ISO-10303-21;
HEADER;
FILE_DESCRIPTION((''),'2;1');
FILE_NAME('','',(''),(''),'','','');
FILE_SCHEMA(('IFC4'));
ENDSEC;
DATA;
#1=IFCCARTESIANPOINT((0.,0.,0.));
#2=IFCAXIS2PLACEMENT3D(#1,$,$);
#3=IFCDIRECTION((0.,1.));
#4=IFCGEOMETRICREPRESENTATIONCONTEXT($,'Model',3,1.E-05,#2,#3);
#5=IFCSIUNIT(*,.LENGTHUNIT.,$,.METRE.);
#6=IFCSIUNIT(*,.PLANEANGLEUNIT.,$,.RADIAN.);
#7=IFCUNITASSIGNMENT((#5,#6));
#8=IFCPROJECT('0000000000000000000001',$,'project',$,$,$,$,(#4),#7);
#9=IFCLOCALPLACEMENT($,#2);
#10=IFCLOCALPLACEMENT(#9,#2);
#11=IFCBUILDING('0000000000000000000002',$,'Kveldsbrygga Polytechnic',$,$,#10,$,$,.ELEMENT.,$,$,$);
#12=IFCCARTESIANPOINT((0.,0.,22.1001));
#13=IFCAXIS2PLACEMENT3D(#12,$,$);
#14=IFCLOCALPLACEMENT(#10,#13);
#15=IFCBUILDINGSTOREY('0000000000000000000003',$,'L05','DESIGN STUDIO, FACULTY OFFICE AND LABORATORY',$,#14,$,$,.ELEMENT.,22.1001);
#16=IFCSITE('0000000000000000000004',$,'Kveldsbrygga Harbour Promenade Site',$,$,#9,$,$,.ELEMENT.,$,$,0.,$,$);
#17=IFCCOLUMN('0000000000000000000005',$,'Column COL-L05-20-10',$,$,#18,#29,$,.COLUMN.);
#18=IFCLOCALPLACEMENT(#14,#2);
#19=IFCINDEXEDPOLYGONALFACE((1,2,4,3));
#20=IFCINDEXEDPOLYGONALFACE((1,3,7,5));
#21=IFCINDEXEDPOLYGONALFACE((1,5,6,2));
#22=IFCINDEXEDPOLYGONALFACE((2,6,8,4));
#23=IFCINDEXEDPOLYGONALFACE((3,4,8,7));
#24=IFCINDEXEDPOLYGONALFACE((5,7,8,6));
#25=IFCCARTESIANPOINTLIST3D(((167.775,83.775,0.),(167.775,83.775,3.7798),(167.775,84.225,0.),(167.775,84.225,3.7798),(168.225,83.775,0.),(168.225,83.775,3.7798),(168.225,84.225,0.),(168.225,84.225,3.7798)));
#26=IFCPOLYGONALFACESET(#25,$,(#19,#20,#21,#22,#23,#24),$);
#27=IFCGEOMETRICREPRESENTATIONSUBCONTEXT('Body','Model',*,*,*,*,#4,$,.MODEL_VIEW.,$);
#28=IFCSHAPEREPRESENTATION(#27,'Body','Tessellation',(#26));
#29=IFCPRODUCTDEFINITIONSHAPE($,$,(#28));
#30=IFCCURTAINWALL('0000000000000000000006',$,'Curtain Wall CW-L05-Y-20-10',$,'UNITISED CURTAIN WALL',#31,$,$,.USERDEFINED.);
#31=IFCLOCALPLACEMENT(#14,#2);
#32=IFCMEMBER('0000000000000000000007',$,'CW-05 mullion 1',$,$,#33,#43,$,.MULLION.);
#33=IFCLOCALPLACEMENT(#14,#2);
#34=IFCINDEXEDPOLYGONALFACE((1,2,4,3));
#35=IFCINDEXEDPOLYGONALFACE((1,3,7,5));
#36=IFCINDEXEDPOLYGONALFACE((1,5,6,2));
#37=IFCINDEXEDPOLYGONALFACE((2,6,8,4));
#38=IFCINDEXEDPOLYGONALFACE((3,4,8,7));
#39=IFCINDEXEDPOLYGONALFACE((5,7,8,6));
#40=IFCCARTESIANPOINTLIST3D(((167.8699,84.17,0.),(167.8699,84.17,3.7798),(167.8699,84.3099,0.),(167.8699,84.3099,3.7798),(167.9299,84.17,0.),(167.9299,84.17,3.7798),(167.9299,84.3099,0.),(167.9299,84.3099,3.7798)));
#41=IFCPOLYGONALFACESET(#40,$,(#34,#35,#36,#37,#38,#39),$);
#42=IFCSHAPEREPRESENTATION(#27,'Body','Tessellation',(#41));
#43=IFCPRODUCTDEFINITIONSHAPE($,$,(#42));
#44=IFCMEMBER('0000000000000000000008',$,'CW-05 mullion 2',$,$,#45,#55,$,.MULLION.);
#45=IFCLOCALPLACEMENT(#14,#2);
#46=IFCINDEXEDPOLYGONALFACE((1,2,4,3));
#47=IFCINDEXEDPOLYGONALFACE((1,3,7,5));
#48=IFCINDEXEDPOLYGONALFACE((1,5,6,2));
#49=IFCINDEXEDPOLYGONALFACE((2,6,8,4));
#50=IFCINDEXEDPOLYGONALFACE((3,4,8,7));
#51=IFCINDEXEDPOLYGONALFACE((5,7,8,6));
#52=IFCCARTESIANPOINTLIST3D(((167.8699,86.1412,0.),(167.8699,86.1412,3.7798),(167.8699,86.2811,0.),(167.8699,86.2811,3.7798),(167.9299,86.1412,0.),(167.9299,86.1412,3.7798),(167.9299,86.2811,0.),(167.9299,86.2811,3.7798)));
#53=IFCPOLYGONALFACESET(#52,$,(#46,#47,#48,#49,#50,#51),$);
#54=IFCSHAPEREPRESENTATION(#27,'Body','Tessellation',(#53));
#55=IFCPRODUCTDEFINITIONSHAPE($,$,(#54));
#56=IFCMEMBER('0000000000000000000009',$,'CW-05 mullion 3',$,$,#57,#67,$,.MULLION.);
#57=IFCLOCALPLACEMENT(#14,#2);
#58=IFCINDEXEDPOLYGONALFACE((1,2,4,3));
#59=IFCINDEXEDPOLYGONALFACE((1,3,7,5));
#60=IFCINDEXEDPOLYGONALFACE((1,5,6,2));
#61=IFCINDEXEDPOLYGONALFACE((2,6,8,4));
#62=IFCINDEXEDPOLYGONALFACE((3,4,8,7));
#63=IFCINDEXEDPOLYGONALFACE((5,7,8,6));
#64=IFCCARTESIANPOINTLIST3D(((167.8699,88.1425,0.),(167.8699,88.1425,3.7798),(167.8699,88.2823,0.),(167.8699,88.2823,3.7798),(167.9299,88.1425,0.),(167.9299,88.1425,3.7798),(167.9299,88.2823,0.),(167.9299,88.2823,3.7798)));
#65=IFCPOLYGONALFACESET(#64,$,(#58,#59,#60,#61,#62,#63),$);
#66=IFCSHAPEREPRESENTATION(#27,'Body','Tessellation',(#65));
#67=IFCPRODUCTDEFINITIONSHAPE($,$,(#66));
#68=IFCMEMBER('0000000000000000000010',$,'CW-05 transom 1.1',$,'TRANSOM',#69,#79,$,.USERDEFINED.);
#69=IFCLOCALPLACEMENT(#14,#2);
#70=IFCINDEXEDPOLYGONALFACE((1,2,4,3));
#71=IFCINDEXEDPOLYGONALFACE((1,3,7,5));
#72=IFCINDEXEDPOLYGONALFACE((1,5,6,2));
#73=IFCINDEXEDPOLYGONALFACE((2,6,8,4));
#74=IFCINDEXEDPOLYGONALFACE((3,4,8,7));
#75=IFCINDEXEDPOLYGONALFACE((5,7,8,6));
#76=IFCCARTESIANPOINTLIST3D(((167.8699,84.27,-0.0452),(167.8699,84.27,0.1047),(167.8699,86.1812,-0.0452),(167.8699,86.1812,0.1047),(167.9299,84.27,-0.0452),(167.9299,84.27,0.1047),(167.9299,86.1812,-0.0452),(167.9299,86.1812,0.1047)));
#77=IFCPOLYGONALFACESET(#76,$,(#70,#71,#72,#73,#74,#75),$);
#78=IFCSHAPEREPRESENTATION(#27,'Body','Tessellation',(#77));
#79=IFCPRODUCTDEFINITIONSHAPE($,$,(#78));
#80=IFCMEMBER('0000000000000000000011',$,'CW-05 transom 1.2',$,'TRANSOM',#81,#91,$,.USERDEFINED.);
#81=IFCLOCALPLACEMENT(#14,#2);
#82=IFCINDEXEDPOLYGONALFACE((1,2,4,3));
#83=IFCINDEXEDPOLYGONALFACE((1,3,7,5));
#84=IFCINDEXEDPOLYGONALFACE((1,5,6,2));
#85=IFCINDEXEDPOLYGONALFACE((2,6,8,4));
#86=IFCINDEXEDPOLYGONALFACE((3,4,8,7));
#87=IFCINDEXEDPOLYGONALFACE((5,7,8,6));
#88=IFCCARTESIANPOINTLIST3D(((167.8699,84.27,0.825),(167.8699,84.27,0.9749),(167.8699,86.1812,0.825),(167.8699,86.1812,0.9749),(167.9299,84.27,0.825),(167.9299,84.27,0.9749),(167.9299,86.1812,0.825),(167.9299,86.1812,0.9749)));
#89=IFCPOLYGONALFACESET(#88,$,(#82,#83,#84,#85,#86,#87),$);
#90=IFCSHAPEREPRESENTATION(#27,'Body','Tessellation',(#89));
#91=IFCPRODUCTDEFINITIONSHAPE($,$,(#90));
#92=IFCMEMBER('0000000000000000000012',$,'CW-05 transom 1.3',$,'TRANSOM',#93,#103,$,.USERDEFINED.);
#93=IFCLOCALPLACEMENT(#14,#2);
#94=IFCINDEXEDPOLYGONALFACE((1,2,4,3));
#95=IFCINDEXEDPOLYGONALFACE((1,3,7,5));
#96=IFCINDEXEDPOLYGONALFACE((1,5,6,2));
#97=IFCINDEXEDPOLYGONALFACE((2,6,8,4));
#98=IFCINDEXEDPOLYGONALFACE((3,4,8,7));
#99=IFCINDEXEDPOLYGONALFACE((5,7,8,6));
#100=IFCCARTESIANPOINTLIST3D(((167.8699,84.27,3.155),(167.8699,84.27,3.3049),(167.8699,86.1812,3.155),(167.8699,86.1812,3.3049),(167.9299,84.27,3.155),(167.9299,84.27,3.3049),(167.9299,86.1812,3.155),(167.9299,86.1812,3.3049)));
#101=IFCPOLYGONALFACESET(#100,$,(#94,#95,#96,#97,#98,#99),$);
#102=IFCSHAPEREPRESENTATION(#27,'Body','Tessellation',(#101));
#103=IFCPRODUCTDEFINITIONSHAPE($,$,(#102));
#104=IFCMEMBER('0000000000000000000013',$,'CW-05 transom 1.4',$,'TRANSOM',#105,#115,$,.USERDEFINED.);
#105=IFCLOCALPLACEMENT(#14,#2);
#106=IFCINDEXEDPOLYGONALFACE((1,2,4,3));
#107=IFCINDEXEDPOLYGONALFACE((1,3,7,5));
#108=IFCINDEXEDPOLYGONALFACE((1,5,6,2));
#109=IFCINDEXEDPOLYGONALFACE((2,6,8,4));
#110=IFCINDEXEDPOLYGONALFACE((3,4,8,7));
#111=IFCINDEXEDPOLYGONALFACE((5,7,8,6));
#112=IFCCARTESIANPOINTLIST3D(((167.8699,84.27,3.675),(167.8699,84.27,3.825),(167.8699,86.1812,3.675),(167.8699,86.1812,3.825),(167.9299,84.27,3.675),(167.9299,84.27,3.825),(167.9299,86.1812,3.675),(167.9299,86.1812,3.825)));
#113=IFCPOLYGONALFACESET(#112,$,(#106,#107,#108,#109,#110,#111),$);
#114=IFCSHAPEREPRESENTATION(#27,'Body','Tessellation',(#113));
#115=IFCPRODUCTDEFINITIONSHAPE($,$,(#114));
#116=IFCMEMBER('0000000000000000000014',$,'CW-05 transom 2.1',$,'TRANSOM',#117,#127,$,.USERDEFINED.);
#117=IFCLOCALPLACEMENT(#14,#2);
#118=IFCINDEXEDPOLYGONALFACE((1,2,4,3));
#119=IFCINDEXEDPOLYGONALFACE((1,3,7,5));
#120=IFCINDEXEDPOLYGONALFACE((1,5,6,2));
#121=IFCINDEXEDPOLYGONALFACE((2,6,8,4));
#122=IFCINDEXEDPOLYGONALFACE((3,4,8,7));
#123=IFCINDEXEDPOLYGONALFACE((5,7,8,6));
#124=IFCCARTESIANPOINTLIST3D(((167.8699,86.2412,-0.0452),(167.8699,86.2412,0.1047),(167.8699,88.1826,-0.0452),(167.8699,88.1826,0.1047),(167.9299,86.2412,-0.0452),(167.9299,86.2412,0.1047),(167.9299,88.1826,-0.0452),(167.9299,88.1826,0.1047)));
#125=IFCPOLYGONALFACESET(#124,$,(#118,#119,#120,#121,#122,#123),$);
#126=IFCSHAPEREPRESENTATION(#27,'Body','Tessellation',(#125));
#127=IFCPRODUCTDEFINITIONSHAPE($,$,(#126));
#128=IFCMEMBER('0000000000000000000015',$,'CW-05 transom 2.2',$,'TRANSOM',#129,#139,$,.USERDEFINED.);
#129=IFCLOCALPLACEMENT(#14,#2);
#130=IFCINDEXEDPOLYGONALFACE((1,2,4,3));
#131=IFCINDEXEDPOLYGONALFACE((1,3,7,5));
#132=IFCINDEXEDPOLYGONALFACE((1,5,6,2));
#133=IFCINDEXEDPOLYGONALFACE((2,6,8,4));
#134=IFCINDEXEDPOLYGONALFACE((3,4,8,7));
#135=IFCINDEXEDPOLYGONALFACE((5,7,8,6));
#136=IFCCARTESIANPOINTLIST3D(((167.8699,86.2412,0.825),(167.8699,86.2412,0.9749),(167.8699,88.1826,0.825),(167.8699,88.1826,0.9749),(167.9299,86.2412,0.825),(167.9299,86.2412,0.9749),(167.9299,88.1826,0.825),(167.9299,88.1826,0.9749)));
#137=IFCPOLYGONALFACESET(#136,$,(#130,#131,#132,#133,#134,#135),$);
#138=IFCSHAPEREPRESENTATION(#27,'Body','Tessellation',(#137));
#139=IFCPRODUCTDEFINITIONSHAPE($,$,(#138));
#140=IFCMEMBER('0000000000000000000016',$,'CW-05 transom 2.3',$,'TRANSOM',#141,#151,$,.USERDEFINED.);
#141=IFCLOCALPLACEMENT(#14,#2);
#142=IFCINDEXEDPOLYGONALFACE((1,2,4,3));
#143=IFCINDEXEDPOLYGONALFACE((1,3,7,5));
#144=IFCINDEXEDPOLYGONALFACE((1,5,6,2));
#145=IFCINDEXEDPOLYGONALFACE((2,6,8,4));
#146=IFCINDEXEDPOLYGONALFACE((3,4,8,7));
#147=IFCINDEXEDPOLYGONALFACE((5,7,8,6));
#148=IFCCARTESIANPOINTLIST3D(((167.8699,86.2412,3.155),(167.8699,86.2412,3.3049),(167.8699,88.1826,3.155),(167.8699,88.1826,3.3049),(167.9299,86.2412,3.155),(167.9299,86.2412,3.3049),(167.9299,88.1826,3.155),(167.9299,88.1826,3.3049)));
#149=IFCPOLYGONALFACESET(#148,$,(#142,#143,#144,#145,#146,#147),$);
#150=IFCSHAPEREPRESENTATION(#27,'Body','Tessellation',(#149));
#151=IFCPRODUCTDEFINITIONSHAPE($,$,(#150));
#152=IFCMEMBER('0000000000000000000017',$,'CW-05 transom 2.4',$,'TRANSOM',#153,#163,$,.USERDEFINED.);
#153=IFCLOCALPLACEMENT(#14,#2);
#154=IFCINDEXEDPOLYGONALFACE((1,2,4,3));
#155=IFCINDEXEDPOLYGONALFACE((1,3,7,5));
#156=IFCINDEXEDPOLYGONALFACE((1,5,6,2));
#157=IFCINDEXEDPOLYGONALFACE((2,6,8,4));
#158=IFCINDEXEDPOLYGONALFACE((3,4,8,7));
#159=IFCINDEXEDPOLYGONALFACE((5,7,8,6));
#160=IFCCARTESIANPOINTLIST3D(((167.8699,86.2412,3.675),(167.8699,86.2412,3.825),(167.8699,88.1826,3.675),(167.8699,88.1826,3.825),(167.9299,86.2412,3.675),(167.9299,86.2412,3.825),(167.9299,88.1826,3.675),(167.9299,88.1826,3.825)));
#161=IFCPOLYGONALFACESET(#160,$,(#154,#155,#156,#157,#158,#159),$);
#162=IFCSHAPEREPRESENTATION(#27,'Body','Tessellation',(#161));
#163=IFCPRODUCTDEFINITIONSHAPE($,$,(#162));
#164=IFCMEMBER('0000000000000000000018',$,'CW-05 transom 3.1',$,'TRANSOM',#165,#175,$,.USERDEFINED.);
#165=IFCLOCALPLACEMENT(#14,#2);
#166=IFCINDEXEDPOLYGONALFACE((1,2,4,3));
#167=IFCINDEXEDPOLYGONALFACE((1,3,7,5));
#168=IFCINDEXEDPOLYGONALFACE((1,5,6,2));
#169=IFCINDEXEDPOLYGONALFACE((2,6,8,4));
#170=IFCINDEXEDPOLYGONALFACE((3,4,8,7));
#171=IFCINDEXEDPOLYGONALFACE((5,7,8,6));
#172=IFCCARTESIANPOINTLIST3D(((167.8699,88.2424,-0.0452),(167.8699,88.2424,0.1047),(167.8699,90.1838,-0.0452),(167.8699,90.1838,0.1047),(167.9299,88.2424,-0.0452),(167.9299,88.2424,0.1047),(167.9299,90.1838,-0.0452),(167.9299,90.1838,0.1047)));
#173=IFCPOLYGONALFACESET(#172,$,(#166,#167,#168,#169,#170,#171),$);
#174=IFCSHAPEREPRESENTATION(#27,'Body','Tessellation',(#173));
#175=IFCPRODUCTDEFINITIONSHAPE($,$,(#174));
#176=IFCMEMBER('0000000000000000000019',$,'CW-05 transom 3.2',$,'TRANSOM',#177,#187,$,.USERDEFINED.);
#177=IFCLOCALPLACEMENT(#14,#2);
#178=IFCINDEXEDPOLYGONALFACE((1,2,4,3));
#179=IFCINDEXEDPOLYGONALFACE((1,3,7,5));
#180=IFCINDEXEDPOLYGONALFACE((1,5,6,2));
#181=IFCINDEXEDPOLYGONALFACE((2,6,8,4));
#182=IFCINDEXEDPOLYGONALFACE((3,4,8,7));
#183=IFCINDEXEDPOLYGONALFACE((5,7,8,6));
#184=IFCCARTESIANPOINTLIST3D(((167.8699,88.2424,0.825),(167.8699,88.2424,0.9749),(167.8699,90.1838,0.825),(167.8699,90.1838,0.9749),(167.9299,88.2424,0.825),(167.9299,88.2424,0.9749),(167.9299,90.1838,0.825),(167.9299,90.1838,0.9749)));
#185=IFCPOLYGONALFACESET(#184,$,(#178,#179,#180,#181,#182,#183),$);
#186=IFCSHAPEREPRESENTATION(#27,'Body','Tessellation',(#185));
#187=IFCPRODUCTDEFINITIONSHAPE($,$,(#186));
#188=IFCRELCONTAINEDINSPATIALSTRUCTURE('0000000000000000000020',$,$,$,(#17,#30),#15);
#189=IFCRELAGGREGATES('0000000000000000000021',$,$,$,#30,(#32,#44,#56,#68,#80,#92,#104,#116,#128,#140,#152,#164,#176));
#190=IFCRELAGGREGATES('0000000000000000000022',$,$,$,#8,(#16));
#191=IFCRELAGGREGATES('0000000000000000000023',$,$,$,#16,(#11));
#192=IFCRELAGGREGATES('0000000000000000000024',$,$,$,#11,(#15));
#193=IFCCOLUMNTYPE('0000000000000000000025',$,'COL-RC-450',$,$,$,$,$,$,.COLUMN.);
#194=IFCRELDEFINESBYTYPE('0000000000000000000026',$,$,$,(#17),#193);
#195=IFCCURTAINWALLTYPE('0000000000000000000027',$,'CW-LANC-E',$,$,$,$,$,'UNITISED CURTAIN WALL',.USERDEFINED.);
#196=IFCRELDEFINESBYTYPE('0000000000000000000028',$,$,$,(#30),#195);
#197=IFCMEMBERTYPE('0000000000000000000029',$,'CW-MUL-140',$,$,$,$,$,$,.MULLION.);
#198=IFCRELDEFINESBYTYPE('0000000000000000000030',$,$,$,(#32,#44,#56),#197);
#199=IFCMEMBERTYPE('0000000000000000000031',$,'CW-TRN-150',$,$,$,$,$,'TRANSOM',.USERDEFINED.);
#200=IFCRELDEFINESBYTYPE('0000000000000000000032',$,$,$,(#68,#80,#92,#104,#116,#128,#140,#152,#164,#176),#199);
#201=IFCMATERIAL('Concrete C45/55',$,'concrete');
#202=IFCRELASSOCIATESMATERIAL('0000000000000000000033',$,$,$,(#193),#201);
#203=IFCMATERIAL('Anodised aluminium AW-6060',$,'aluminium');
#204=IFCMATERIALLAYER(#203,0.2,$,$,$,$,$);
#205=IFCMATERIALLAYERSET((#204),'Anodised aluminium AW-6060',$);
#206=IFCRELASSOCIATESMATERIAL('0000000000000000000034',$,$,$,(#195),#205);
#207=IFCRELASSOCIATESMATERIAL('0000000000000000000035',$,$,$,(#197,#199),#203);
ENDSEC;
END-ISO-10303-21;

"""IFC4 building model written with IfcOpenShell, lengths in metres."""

from ifc_helpers import new_model, si_unit, direction, frame, origin, origin_2d, place, context, subcontext, project, spatial, rectangle, extrude, material, layer, layer_set, material_profile, profile_set, type_object, element, aggregate, save


model = new_model("IFC4")

# Units and contexts
model_context = context("Model", 3, precision=1e-05, world=origin(), true_north=direction((0.0, 1.0)))
body_context = subcontext(model_context, "Body", "Model", "MODEL_VIEW")
ifc_project = project(units=[si_unit("LENGTHUNIT", "METRE"), si_unit("PLANEANGLEUNIT", "RADIAN")], contexts=[model_context])

# Site, building, storey
site_placement = place(None, origin())
site = spatial("IfcSite", under=ifc_project, at=site_placement, Name="Kveldsbrygga Harbour Promenade Site", CompositionType="ELEMENT", RefElevation=0.0)
building_placement = place(site_placement, origin())
building = spatial("IfcBuilding", under=site, at=building_placement, Name="Kveldsbrygga Polytechnic", CompositionType="ELEMENT")
storey_placement = place(building_placement, frame((0.0, 0.0, 22.1001)))
storey = spatial("IfcBuildingStorey", under=building, at=storey_placement, Name="L05", Description="DESIGN STUDIO, FACULTY OFFICE AND LABORATORY", CompositionType="ELEMENT", Elevation=22.1001)

# Column
ifc_material_1 = material(Name="Concrete C45/55", Category="concrete")
ifc_material_profile_1 = material_profile(ifc_material_1, rectangle(XDim=0.45, YDim=0.45, at=origin_2d()), Name="RC 450x450")
ifc_profile_set_1 = profile_set([ifc_material_profile_1], Name="Concrete C45/55")
column_type = type_object("IfcColumnType", Name="COL-RC-450", PredefinedType="COLUMN", material=ifc_profile_set_1)
column_placement = place(storey_placement, frame((168.0, 84.0, 0.0), z_axis=(0.0, 0.0, 1.0), x_axis=(1.0, 0.0, 0.0)))
element("IfcColumn", 1, at=column_placement, inside=storey, type_object=column_type, Name="Column COL-L05-20-10", PredefinedType="COLUMN", context=body_context, shape_type="SweptSolid", body=[
    extrude(rectangle(XDim=0.45, YDim=0.45, at=origin_2d()), origin(), (0.0, 0.0, 1.0), 3.7798),
])

# Curtain wall, members
ifc_material_2 = material(Name="Anodised aluminium AW-6060", Category="aluminium")
ifc_layer_1 = layer(ifc_material_2, 0.2)
ifc_layer_set_1 = layer_set([ifc_layer_1], Name="Anodised aluminium AW-6060")
curtain_wall_type = type_object("IfcCurtainWallType", Name="CW-LANC-E", ElementType="UNITISED CURTAIN WALL", PredefinedType="USERDEFINED", material=ifc_layer_set_1)
curtain_wall_placement = place(storey_placement, origin())
curtain_wall = element("IfcCurtainWall", 2, at=curtain_wall_placement, inside=storey, type_object=curtain_wall_type, Name="Curtain Wall CW-L05-Y-20-10", ObjectType="UNITISED CURTAIN WALL", PredefinedType="USERDEFINED")
ifc_material_profile_2 = material_profile(ifc_material_2, rectangle(XDim=0.0601, YDim=0.1399, at=origin_2d()), Name="ALU 60x140")
ifc_profile_set_2 = profile_set([ifc_material_profile_2], Name="Anodised aluminium AW-6060")
member_type_1 = type_object("IfcMemberType", Name="CW-MUL-140", PredefinedType="MULLION", material=ifc_profile_set_2)
member_1_placement = place(storey_placement, frame((167.8999, 84.24, 0.0), z_axis=(0.0, 0.0, 1.0), x_axis=(-1.0, 0.0, 0.0)))
member_1 = element("IfcMember", 3, at=member_1_placement, type_object=member_type_1, Name="CW-05 mullion 1", PredefinedType="MULLION", context=body_context, shape_type="SweptSolid", body=[
    extrude(rectangle(XDim=0.0601, YDim=0.1399, at=origin_2d()), origin(), (0.0, 0.0, 1.0), 3.7798),
])
member_2_placement = place(storey_placement, frame((167.8999, 86.2112, 0.0), z_axis=(0.0, 0.0, 1.0), x_axis=(-1.0, 0.0, 0.0)))
member_2 = element("IfcMember", 4, at=member_2_placement, type_object=member_type_1, Name="CW-05 mullion 2", PredefinedType="MULLION", context=body_context, shape_type="SweptSolid", body=[
    extrude(rectangle(XDim=0.0601, YDim=0.1399, at=origin_2d()), origin(), (0.0, 0.0, 1.0), 3.7798),
])
member_3_placement = place(storey_placement, frame((167.8999, 88.2124, 0.0), z_axis=(0.0, 0.0, 1.0), x_axis=(-1.0, 0.0, 0.0)))
member_3 = element("IfcMember", 5, at=member_3_placement, type_object=member_type_1, Name="CW-05 mullion 3", PredefinedType="MULLION", context=body_context, shape_type="SweptSolid", body=[
    extrude(rectangle(XDim=0.0601, YDim=0.1399, at=origin_2d()), origin(), (0.0, 0.0, 1.0), 3.7798),
])
ifc_material_profile_3 = material_profile(ifc_material_2, rectangle(XDim=0.0601, YDim=0.1499, at=origin_2d()), Name="ALU 60x150")
ifc_profile_set_3 = profile_set([ifc_material_profile_3], Name="Anodised aluminium AW-6060")
member_type_2 = type_object("IfcMemberType", Name="CW-TRN-150", ElementType="TRANSOM", PredefinedType="USERDEFINED", material=ifc_profile_set_3)
member_4_placement = place(storey_placement, frame((167.8999, 84.27, 0.0298), z_axis=(0.0, 1.0, 0.0), x_axis=(-1.0, 0.0, 0.0)))
member_4 = element("IfcMember", 6, at=member_4_placement, type_object=member_type_2, Name="CW-05 transom 1.1", ObjectType="TRANSOM", PredefinedType="USERDEFINED", context=body_context, shape_type="SweptSolid", body=[
    extrude(rectangle(XDim=0.0601, YDim=0.1499, at=origin_2d()), origin(), (0.0, 0.0, 1.0), 1.9111),
])
member_5_placement = place(storey_placement, frame((167.8999, 84.27, 0.8999), z_axis=(0.0, 1.0, 0.0), x_axis=(-1.0, 0.0, 0.0)))
member_5 = element("IfcMember", 7, at=member_5_placement, type_object=member_type_2, Name="CW-05 transom 1.2", ObjectType="TRANSOM", PredefinedType="USERDEFINED", context=body_context, shape_type="SweptSolid", body=[
    extrude(rectangle(XDim=0.0601, YDim=0.1499, at=origin_2d()), origin(), (0.0, 0.0, 1.0), 1.9111),
])
member_6_placement = place(storey_placement, frame((167.8999, 84.27, 3.23), z_axis=(0.0, 1.0, 0.0), x_axis=(-1.0, 0.0, 0.0)))
member_6 = element("IfcMember", 8, at=member_6_placement, type_object=member_type_2, Name="CW-05 transom 1.3", ObjectType="TRANSOM", PredefinedType="USERDEFINED", context=body_context, shape_type="SweptSolid", body=[
    extrude(rectangle(XDim=0.0601, YDim=0.1499, at=origin_2d()), origin(), (0.0, 0.0, 1.0), 1.9111),
])
member_7_placement = place(storey_placement, frame((167.8999, 84.27, 3.75), z_axis=(0.0, 1.0, 0.0), x_axis=(-1.0, 0.0, 0.0)))
member_7 = element("IfcMember", 9, at=member_7_placement, type_object=member_type_2, Name="CW-05 transom 1.4", ObjectType="TRANSOM", PredefinedType="USERDEFINED", context=body_context, shape_type="SweptSolid", body=[
    extrude(rectangle(XDim=0.0601, YDim=0.1499, at=origin_2d()), origin(), (0.0, 0.0, 1.0), 1.9111),
])
member_8_placement = place(storey_placement, frame((167.8999, 86.2412, 0.0298), z_axis=(0.0, 1.0, 0.0), x_axis=(-1.0, 0.0, 0.0)))
member_8 = element("IfcMember", 10, at=member_8_placement, type_object=member_type_2, Name="CW-05 transom 2.1", ObjectType="TRANSOM", PredefinedType="USERDEFINED", context=body_context, shape_type="SweptSolid", body=[
    extrude(rectangle(XDim=0.0601, YDim=0.1499, at=origin_2d()), origin(), (0.0, 0.0, 1.0), 1.9414),
])
member_9_placement = place(storey_placement, frame((167.8999, 86.2412, 0.8999), z_axis=(0.0, 1.0, 0.0), x_axis=(-1.0, 0.0, 0.0)))
member_9 = element("IfcMember", 11, at=member_9_placement, type_object=member_type_2, Name="CW-05 transom 2.2", ObjectType="TRANSOM", PredefinedType="USERDEFINED", context=body_context, shape_type="SweptSolid", body=[
    extrude(rectangle(XDim=0.0601, YDim=0.1499, at=origin_2d()), origin(), (0.0, 0.0, 1.0), 1.9414),
])
member_10_placement = place(storey_placement, frame((167.8999, 86.2412, 3.23), z_axis=(0.0, 1.0, 0.0), x_axis=(-1.0, 0.0, 0.0)))
member_10 = element("IfcMember", 12, at=member_10_placement, type_object=member_type_2, Name="CW-05 transom 2.3", ObjectType="TRANSOM", PredefinedType="USERDEFINED", context=body_context, shape_type="SweptSolid", body=[
    extrude(rectangle(XDim=0.0601, YDim=0.1499, at=origin_2d()), origin(), (0.0, 0.0, 1.0), 1.9414),
])
member_11_placement = place(storey_placement, frame((167.8999, 86.2412, 3.75), z_axis=(0.0, 1.0, 0.0), x_axis=(-1.0, 0.0, 0.0)))
member_11 = element("IfcMember", 13, at=member_11_placement, type_object=member_type_2, Name="CW-05 transom 2.4", ObjectType="TRANSOM", PredefinedType="USERDEFINED", context=body_context, shape_type="SweptSolid", body=[
    extrude(rectangle(XDim=0.0601, YDim=0.1499, at=origin_2d()), origin(), (0.0, 0.0, 1.0), 1.9414),
])
member_12_placement = place(storey_placement, frame((167.8999, 88.2424, 0.0298), z_axis=(0.0, 1.0, 0.0), x_axis=(-1.0, 0.0, 0.0)))
member_12 = element("IfcMember", 14, at=member_12_placement, type_object=member_type_2, Name="CW-05 transom 3.1", ObjectType="TRANSOM", PredefinedType="USERDEFINED", context=body_context, shape_type="SweptSolid", body=[
    extrude(rectangle(XDim=0.0601, YDim=0.1499, at=origin_2d()), origin(), (0.0, 0.0, 1.0), 1.9414),
])
member_13_placement = place(storey_placement, frame((167.8999, 88.2424, 0.8999), z_axis=(0.0, 1.0, 0.0), x_axis=(-1.0, 0.0, 0.0)))
member_13 = element("IfcMember", 15, at=member_13_placement, type_object=member_type_2, Name="CW-05 transom 3.2", ObjectType="TRANSOM", PredefinedType="USERDEFINED", context=body_context, shape_type="SweptSolid", body=[
    extrude(rectangle(XDim=0.0601, YDim=0.1499, at=origin_2d()), origin(), (0.0, 0.0, 1.0), 1.9414),
])

aggregate(curtain_wall, [member_1, member_2, member_3, member_4, member_5, member_6, member_7, member_8, member_9, member_10, member_11, member_12, member_13])

save(model, "model.ifc")
